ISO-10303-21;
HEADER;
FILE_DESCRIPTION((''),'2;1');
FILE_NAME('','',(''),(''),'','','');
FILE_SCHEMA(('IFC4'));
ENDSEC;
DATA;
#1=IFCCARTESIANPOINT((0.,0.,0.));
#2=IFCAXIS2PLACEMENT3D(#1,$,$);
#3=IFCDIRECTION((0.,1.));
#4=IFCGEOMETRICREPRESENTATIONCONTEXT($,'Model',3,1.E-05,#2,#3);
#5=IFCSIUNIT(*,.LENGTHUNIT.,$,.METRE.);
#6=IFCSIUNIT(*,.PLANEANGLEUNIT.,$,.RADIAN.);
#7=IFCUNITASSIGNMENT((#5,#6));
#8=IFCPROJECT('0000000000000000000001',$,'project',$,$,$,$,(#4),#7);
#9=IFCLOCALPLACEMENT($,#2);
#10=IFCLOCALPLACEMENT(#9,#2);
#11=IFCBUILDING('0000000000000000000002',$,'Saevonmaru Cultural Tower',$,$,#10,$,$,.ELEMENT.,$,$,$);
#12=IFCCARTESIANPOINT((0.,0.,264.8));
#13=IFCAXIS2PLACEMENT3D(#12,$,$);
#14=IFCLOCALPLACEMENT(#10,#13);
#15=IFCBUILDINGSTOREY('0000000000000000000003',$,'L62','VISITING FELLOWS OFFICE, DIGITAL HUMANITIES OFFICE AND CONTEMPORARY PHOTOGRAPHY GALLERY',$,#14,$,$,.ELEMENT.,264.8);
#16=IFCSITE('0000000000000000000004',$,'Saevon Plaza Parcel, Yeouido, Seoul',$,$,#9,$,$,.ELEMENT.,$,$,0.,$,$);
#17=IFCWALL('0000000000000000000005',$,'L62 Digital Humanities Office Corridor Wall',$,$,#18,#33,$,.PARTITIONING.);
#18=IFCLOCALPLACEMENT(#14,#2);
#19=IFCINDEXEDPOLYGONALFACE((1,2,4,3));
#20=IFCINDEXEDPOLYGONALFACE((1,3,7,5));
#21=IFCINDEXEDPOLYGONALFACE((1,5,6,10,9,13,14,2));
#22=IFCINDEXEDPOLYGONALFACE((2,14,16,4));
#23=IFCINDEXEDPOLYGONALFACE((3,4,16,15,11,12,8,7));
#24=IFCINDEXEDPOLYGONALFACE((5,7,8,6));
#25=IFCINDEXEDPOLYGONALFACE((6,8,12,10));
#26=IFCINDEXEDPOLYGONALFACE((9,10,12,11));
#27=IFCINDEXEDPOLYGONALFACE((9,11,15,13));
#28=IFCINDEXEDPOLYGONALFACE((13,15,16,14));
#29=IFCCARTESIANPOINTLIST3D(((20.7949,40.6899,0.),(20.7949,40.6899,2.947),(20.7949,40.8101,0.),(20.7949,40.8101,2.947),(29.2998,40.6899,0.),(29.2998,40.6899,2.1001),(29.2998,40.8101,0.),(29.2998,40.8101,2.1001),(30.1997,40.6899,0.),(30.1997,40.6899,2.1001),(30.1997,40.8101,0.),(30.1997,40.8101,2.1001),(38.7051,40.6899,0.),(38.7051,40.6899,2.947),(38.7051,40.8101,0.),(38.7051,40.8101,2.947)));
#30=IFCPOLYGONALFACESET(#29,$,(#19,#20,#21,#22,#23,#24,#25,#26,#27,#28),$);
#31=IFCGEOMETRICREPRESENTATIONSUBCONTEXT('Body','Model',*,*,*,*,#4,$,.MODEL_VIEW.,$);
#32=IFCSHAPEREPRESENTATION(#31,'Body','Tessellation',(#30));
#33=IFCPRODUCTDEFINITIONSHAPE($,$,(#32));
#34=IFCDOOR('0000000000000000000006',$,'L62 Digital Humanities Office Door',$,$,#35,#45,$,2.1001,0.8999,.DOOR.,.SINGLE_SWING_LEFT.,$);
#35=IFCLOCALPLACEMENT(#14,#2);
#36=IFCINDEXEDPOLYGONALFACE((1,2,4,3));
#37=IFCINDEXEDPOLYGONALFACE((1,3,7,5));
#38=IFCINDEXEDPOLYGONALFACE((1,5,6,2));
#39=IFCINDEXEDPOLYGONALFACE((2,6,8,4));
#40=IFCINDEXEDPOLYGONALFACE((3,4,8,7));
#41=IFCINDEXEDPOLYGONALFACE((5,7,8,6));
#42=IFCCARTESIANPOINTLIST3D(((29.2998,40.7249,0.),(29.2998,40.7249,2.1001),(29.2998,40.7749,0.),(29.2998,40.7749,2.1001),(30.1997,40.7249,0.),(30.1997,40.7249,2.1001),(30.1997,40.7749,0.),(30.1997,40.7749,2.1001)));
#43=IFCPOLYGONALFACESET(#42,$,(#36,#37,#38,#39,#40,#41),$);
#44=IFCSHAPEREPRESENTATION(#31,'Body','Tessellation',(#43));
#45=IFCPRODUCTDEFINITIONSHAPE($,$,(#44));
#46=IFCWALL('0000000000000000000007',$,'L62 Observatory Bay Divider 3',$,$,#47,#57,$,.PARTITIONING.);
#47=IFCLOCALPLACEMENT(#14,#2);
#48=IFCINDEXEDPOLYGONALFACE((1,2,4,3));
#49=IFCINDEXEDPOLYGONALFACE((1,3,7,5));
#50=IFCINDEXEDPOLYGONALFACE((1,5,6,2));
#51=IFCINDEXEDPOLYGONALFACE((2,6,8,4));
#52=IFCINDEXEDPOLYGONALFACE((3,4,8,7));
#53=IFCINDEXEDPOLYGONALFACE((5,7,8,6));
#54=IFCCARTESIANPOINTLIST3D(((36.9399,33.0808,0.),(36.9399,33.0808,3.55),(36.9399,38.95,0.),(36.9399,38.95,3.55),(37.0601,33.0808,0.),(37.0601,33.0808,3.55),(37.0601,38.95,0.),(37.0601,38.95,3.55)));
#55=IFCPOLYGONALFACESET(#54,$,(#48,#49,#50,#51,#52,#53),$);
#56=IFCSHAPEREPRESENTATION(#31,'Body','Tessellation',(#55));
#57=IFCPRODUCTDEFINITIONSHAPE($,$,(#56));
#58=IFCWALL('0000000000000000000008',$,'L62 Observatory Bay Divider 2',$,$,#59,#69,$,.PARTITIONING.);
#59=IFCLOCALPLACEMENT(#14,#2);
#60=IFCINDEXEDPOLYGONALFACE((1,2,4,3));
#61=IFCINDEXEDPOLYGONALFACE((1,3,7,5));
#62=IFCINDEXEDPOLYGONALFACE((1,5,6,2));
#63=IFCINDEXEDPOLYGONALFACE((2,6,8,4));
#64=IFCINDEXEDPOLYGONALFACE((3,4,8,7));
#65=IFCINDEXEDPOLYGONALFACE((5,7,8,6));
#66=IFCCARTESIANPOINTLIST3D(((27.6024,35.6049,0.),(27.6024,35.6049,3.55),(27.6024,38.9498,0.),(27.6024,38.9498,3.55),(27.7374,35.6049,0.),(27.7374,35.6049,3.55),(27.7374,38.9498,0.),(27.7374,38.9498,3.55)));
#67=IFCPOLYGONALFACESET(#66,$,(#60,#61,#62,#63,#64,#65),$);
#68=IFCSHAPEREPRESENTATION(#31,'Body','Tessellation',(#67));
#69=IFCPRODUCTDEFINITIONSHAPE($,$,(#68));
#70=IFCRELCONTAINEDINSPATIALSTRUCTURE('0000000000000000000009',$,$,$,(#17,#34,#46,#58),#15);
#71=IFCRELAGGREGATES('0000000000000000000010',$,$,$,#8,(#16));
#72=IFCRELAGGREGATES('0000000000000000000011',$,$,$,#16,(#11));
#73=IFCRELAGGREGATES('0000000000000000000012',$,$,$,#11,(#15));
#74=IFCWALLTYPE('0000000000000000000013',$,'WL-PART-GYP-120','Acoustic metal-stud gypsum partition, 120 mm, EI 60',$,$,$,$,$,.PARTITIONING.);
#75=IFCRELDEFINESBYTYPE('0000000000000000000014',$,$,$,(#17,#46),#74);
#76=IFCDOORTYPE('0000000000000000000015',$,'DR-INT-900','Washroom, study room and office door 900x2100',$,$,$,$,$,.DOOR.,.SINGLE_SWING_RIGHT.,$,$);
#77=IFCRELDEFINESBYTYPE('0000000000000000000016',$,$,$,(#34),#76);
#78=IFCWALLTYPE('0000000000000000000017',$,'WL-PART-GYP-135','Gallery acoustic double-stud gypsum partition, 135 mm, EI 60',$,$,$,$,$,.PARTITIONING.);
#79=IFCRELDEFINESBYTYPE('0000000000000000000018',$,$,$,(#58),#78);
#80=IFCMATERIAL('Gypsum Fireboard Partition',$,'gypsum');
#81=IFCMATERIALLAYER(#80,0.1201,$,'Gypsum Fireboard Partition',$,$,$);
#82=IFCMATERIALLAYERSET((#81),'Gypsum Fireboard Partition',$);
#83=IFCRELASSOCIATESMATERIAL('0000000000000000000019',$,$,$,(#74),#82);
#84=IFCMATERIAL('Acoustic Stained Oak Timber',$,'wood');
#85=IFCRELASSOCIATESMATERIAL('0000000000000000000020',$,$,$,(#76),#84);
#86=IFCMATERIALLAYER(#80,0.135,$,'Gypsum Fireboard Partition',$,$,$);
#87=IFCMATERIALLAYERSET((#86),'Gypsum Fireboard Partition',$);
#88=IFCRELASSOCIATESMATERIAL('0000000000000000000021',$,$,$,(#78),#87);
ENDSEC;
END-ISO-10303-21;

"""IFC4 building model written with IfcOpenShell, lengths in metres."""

from ifc_helpers import new_model, si_unit, direction, frame, frame_2d, origin, place, context, subcontext, project, spatial, rectangle, extrude, material, layer, layer_set, type_object, element, fill, save


model = new_model("IFC4")

# Units and contexts
model_context = context("Model", 3, precision=1e-05, world=origin(), true_north=direction((0.0, 1.0)))
body_context = subcontext(model_context, "Body", "Model", "MODEL_VIEW")
ifc_project = project(units=[si_unit("LENGTHUNIT", "METRE"), si_unit("PLANEANGLEUNIT", "RADIAN")], contexts=[model_context])

# Site, building, storey
site_placement = place(None, origin())
site = spatial("IfcSite", under=ifc_project, at=site_placement, Name="Saevon Plaza Parcel, Yeouido, Seoul", CompositionType="ELEMENT", RefElevation=0.0)
building_placement = place(site_placement, origin())
building = spatial("IfcBuilding", under=site, at=building_placement, Name="Saevonmaru Cultural Tower", CompositionType="ELEMENT")
storey_placement = place(building_placement, frame((0.0, 0.0, 264.8)))
storey = spatial("IfcBuildingStorey", under=building, at=storey_placement, Name="L62", Description="VISITING FELLOWS OFFICE, DIGITAL HUMANITIES OFFICE AND CONTEMPORARY PHOTOGRAPHY GALLERY", CompositionType="ELEMENT", Elevation=264.8)

# Shared definitions
ifc_material_1 = material(Name="Gypsum Fireboard Partition", Category="gypsum")

# Wall, opening, door
ifc_layer_1 = layer(ifc_material_1, 0.1201, Name="Gypsum Fireboard Partition")
ifc_layer_set_1 = layer_set([ifc_layer_1], Name="Gypsum Fireboard Partition")
wall_type_1 = type_object("IfcWallType", Name="WL-PART-GYP-120", Description="Acoustic metal-stud gypsum partition, 120 mm, EI 60", PredefinedType="PARTITIONING", material=ifc_layer_set_1)
wall_1_placement = place(storey_placement, frame((20.7949, 40.75, 0.0), z_axis=(0.0, 0.0, 1.0), x_axis=(1.0, 0.0, 0.0)))
wall_1 = element("IfcWall", 1, at=wall_1_placement, inside=storey, type_object=wall_type_1, Name="L62 Digital Humanities Office Corridor Wall", PredefinedType="PARTITIONING", context=body_context, shape_type="SweptSolid", body=[
    extrude(rectangle(XDim=17.9102, YDim=0.1201, at=frame_2d((8.9551, 0.0))), origin(), (0.0, 0.0, 1.0), 2.947),
])
opening_1_placement = place(wall_1_placement, frame((8.5049, 0.0, 0.0)))
opening_1 = element("IfcOpeningElement", 2, at=opening_1_placement, cuts=wall_1, PredefinedType="OPENING", context=body_context, shape_type="SweptSolid", body=[
    extrude(rectangle(XDim=0.8999, YDim=2.1001, at=frame_2d((0.45, 1.05))), frame((0.0, 0.0701, 0.0), z_axis=(0.0, -1.0, 0.0), x_axis=(1.0, 0.0, 0.0)), (0.0, 0.0, 1.0), 0.1401),
])
ifc_material_2 = material(Name="Acoustic Stained Oak Timber", Category="wood")
door_type_1 = type_object("IfcDoorType", Name="DR-INT-900", Description="Washroom, study room and office door 900x2100", OperationType="SINGLE_SWING_RIGHT", PredefinedType="DOOR", material=ifc_material_2)
door_1_placement = place(opening_1_placement, origin())
door_1 = element("IfcDoor", 3, at=door_1_placement, inside=storey, type_object=door_type_1, Name="L62 Digital Humanities Office Door", OperationType="SINGLE_SWING_LEFT", OverallHeight=2.1001, OverallWidth=0.8999, PredefinedType="DOOR", context=body_context, shape_type="SweptSolid", body=[
    extrude(rectangle(XDim=0.8999, YDim=2.1001, at=frame_2d((0.45, 1.05))), frame((0.0, 0.0249, 0.0), z_axis=(0.0, -1.0, 0.0), x_axis=(1.0, 0.0, 0.0)), (0.0, 0.0, 1.0), 0.05),
])
fill(opening_1, door_1)

# Walls
wall_2_placement = place(storey_placement, frame((37.0, 33.0808, 0.0), z_axis=(0.0, 0.0, 1.0), x_axis=(0.0, 1.0, 0.0)))
element("IfcWall", 4, at=wall_2_placement, inside=storey, type_object=wall_type_1, Name="L62 Observatory Bay Divider 3", PredefinedType="PARTITIONING", context=body_context, shape_type="SweptSolid", body=[
    extrude(rectangle(XDim=5.8691, YDim=0.1201, at=frame_2d((2.9346, 0.0))), origin(), (0.0, 0.0, 1.0), 3.55),
])
ifc_layer_2 = layer(ifc_material_1, 0.135, Name="Gypsum Fireboard Partition")
ifc_layer_set_2 = layer_set([ifc_layer_2], Name="Gypsum Fireboard Partition")
wall_type_2 = type_object("IfcWallType", Name="WL-PART-GYP-135", Description="Gallery acoustic double-stud gypsum partition, 135 mm, EI 60", PredefinedType="PARTITIONING", material=ifc_layer_set_2)
wall_3_placement = place(storey_placement, frame((27.6699, 35.605, 0.0), z_axis=(0.0, 0.0, 1.0), x_axis=(0.0, 1.0, 0.0)))
element("IfcWall", 5, at=wall_3_placement, inside=storey, type_object=wall_type_2, Name="L62 Observatory Bay Divider 2", PredefinedType="PARTITIONING", context=body_context, shape_type="SweptSolid", body=[
    extrude(rectangle(XDim=3.345, YDim=0.135, at=frame_2d((1.6724, 0.0))), origin(), (0.0, 0.0, 1.0), 3.55),
])

save(model, "model.ifc")
